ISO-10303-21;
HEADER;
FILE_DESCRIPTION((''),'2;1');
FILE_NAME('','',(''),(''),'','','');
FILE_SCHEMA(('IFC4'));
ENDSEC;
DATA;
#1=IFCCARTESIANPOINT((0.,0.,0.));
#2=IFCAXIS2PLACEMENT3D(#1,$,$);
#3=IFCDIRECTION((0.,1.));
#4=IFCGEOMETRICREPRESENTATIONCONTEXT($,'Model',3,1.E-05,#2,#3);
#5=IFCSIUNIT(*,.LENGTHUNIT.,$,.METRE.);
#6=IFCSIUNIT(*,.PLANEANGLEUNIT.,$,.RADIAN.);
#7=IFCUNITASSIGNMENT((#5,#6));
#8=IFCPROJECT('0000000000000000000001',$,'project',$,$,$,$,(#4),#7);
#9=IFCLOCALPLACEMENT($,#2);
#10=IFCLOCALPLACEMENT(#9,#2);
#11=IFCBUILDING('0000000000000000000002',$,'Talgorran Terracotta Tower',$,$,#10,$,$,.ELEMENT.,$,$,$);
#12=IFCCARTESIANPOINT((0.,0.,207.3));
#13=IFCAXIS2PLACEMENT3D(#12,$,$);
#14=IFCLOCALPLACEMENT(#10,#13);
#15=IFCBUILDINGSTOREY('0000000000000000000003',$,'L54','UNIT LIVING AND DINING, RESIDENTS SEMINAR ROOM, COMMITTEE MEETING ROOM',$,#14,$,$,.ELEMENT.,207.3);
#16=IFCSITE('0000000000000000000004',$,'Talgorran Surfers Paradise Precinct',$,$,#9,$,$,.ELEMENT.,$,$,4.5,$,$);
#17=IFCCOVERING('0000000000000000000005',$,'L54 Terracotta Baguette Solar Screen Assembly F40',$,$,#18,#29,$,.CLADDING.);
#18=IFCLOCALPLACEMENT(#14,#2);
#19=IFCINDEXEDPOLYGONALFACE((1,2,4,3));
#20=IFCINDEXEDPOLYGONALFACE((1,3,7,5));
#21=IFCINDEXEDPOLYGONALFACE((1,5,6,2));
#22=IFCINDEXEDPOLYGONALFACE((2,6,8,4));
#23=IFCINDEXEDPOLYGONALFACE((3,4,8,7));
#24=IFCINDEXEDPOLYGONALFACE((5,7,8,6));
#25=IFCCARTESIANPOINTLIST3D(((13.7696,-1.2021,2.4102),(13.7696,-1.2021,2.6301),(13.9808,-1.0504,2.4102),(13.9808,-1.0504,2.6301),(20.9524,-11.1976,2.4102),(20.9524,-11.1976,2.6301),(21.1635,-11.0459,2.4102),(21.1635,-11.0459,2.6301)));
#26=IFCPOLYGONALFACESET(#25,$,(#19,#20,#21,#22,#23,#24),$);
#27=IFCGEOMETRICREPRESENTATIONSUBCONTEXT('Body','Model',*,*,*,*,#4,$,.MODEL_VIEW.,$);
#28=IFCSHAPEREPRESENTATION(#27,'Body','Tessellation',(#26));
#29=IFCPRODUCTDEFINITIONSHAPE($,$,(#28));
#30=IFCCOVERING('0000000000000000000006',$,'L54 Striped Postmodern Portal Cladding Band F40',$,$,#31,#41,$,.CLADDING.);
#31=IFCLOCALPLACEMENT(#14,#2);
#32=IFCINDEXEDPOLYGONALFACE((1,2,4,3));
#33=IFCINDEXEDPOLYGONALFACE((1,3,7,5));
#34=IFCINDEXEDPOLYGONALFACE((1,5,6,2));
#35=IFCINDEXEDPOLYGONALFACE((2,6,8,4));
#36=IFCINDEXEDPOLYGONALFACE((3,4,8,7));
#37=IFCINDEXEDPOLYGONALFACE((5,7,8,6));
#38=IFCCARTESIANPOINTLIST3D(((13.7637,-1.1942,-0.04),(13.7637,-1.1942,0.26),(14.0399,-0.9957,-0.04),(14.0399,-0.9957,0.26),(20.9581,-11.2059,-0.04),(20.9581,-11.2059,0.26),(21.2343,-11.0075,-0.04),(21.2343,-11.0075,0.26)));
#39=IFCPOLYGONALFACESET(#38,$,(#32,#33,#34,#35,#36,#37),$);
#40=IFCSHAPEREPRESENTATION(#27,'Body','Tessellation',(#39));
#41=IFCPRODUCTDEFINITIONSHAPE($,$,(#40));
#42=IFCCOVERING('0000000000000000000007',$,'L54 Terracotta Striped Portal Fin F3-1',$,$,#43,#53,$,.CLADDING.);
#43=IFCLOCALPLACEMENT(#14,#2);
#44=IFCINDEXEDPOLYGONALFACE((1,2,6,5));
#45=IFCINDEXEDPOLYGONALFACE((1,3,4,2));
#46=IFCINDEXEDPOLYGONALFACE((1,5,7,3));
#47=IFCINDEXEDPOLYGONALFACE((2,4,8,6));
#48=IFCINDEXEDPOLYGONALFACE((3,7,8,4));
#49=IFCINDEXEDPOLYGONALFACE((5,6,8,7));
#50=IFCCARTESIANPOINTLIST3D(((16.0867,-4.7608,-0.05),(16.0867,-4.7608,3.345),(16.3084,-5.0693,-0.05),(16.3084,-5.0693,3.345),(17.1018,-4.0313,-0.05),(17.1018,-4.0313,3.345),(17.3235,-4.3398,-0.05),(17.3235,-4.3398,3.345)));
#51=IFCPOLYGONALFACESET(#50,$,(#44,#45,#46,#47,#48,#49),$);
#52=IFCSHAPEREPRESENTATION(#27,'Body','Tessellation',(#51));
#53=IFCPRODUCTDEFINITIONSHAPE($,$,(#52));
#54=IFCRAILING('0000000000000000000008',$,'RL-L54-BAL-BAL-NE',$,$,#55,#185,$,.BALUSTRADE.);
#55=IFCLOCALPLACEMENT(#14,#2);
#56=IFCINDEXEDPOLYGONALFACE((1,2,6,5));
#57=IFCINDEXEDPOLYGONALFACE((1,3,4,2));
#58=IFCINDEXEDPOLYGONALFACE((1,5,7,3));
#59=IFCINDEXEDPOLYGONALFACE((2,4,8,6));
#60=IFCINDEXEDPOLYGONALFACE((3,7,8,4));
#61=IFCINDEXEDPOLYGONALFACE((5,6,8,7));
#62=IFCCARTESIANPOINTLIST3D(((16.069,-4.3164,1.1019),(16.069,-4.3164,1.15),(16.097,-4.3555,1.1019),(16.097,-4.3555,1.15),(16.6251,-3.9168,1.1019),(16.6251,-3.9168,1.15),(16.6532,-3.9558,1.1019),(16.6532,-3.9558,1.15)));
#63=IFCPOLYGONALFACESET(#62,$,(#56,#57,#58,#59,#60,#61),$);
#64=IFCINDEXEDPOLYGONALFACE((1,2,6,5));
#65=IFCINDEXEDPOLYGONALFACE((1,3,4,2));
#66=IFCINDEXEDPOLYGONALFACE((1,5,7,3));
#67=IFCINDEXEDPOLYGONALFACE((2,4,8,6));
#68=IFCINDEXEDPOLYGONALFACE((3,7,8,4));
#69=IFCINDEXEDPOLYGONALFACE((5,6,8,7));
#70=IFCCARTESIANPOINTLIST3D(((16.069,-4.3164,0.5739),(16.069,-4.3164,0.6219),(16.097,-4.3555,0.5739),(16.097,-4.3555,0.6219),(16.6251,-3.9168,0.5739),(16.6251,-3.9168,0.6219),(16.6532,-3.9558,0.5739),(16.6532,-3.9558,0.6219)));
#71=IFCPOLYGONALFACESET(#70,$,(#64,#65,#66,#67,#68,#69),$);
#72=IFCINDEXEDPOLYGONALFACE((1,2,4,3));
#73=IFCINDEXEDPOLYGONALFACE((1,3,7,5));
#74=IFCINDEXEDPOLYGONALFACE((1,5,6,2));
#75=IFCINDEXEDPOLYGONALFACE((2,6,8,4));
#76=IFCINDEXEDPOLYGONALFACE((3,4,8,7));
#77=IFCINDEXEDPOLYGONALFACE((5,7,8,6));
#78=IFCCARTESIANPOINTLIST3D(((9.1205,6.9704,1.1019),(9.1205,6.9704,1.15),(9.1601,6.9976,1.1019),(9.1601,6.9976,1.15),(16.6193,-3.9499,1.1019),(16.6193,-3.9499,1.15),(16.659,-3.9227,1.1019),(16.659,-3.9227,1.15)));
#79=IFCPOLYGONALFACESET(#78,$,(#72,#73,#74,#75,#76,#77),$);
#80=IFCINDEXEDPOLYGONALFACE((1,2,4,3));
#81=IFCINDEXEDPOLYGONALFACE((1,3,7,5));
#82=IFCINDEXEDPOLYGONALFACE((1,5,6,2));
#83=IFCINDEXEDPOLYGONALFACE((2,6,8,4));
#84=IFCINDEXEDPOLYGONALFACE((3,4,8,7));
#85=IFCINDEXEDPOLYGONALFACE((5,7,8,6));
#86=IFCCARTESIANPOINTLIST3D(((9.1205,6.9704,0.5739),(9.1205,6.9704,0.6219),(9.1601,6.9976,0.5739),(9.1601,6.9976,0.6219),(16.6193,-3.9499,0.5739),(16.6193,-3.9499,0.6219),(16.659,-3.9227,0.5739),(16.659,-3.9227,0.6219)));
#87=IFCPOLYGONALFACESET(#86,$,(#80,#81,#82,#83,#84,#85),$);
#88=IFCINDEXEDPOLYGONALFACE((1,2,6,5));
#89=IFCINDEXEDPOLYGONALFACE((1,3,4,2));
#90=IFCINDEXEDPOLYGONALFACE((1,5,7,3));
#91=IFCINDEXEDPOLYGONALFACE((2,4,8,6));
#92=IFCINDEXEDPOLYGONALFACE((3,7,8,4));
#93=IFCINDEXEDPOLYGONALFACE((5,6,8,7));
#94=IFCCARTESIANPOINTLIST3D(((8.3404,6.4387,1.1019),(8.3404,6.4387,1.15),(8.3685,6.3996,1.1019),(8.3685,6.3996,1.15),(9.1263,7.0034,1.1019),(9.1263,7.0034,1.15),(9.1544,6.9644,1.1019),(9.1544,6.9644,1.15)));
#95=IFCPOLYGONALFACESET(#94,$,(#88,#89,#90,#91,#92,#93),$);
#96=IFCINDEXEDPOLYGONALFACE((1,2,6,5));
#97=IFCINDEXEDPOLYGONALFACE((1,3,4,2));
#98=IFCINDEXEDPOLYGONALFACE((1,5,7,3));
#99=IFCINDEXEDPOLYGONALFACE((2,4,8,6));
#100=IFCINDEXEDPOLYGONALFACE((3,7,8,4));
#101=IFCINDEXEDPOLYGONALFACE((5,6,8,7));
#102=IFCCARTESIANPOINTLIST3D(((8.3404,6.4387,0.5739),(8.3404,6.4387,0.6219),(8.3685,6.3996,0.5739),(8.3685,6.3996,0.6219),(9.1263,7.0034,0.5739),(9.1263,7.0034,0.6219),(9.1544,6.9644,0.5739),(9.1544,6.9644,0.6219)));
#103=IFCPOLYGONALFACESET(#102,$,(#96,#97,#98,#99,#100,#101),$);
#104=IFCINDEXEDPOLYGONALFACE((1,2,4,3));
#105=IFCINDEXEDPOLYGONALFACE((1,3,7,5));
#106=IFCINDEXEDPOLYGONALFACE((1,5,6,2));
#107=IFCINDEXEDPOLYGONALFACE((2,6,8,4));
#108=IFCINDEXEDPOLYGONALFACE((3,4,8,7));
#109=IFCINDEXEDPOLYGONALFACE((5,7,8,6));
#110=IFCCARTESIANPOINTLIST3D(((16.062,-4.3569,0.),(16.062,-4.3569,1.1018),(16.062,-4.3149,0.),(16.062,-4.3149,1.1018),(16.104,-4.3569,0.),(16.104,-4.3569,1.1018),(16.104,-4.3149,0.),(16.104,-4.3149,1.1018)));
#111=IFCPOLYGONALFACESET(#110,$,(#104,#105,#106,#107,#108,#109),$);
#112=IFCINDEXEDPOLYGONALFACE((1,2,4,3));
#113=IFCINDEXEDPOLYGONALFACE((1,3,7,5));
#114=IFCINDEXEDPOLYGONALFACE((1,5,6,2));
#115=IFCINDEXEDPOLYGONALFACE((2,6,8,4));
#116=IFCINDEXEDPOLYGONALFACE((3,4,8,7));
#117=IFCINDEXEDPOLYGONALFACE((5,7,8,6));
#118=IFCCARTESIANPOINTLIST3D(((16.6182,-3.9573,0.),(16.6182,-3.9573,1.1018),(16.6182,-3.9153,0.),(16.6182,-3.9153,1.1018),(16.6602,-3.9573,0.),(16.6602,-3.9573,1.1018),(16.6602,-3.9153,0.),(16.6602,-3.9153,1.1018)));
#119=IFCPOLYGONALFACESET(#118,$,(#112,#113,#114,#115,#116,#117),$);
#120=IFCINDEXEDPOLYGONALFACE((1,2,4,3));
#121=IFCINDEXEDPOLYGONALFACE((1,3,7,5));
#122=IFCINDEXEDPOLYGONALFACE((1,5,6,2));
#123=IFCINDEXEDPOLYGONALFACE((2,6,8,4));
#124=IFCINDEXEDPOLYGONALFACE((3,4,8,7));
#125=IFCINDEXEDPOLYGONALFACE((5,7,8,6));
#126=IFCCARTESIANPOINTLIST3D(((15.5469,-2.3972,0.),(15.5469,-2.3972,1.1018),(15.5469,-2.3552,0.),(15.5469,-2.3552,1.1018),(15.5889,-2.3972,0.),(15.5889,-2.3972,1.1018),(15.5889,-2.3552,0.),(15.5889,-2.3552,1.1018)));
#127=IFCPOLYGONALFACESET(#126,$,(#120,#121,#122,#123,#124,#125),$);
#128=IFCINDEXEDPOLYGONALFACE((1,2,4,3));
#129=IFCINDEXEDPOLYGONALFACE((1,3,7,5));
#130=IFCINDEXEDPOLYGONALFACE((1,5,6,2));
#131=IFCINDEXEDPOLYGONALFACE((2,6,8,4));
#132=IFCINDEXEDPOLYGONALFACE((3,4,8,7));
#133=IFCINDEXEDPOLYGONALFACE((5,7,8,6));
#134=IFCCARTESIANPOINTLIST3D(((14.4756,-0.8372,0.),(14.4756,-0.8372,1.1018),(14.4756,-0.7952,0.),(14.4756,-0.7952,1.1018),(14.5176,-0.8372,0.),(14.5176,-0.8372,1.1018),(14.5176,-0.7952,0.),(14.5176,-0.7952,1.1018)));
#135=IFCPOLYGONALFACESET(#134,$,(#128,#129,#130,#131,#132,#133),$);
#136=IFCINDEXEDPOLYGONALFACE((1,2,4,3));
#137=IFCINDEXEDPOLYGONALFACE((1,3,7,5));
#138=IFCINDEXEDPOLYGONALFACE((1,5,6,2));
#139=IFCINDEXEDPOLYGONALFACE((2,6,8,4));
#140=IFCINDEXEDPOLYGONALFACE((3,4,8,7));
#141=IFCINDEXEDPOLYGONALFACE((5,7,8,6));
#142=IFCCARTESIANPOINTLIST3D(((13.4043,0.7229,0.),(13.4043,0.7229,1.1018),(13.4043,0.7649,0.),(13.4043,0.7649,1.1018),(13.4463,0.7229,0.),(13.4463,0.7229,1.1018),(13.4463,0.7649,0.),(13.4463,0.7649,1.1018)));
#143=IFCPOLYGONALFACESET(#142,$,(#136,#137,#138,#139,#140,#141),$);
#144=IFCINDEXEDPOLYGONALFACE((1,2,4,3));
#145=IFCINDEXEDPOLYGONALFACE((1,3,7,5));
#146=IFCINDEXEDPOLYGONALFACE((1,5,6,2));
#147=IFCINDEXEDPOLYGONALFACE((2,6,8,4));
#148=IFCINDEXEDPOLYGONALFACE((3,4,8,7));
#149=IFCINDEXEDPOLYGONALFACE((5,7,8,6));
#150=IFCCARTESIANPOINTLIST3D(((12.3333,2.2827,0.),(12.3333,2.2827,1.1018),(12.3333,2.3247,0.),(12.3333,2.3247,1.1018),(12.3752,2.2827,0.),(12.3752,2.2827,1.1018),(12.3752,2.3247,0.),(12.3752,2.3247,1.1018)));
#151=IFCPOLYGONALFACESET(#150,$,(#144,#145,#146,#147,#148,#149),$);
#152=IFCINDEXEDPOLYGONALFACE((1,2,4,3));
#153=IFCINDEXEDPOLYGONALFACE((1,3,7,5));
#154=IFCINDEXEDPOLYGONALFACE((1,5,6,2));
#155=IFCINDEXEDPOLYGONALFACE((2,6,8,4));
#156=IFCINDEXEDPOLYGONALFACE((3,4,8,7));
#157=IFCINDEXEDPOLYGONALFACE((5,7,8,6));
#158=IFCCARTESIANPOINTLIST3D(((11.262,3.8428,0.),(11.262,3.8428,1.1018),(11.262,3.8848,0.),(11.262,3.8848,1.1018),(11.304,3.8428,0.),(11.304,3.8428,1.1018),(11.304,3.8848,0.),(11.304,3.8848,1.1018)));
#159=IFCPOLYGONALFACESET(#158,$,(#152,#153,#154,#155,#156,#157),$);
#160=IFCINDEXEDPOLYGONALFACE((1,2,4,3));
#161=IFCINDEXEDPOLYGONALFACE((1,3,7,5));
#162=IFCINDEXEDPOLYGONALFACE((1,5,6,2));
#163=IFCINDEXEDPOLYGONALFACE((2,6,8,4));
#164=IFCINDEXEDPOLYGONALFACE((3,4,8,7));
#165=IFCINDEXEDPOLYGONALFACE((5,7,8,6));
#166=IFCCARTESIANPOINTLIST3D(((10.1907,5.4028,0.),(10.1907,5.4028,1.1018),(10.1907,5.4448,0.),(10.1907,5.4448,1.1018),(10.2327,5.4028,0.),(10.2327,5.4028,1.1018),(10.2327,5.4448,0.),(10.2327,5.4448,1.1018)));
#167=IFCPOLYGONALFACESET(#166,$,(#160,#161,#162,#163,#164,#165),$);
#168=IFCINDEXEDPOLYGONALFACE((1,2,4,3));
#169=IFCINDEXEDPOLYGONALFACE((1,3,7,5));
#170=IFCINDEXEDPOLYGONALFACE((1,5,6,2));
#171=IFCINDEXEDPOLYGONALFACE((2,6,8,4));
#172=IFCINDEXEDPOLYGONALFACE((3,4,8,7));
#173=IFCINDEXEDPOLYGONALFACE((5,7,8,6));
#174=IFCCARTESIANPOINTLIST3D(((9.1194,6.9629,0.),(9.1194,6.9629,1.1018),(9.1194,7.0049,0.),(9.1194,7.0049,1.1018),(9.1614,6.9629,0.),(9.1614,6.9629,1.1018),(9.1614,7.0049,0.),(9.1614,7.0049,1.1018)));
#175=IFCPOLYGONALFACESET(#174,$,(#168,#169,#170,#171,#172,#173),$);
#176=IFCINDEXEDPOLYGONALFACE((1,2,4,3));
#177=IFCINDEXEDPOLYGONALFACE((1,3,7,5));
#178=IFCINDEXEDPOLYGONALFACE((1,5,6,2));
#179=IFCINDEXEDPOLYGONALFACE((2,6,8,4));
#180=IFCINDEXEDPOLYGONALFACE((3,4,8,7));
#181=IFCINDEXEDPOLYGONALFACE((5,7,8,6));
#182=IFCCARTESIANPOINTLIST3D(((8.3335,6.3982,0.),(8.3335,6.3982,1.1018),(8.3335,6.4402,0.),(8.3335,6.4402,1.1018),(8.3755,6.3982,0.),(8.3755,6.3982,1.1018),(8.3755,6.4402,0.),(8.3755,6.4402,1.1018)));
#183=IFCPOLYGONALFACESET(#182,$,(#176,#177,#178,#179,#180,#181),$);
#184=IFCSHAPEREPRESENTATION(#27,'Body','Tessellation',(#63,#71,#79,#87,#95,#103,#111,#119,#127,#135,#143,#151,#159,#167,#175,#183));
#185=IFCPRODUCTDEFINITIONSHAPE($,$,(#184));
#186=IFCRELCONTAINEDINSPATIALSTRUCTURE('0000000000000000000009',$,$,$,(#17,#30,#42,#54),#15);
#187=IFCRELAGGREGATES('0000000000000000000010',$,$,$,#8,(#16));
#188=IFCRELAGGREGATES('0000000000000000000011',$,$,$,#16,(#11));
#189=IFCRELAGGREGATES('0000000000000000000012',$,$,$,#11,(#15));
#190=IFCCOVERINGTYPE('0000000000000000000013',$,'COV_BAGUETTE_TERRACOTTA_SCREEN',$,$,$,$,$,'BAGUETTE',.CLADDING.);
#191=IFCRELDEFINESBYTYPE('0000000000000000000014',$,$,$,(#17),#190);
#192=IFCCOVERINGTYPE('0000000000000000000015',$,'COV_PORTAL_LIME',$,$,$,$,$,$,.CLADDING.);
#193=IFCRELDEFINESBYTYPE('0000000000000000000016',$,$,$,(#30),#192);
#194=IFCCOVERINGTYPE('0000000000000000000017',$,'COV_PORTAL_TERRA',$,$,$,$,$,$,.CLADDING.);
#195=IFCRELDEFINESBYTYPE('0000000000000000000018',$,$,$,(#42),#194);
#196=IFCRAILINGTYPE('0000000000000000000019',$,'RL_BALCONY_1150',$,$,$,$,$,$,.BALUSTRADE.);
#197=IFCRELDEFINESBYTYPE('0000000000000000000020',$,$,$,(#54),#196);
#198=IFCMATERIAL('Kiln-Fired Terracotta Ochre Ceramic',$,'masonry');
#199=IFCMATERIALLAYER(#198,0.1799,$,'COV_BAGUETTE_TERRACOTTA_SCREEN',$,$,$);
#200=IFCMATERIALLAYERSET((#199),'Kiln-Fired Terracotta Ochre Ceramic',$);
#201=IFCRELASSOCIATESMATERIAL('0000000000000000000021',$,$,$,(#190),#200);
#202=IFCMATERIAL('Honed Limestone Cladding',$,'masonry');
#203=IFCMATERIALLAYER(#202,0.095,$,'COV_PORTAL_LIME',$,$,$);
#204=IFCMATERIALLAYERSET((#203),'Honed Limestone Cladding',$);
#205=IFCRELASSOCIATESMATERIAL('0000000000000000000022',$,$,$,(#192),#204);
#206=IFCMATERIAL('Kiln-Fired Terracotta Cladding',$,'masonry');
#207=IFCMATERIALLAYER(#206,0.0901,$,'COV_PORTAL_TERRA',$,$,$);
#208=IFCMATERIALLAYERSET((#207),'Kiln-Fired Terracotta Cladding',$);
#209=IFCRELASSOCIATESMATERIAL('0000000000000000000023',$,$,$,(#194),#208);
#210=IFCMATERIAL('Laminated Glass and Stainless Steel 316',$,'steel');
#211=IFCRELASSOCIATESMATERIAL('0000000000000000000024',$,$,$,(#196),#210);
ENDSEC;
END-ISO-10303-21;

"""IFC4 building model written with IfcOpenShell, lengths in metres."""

from ifc_helpers import new_model, si_unit, direction, frame, origin, origin_2d, place, context, subcontext, project, spatial, rectangle, extrude, material, layer, layer_set, type_object, element, save


model = new_model("IFC4")

# Units and contexts
model_context = context("Model", 3, precision=1e-05, world=origin(), true_north=direction((0.0, 1.0)))
body_context = subcontext(model_context, "Body", "Model", "MODEL_VIEW")
ifc_project = project(units=[si_unit("LENGTHUNIT", "METRE"), si_unit("PLANEANGLEUNIT", "RADIAN")], contexts=[model_context])

# Site, building, storey
site_placement = place(None, origin())
site = spatial("IfcSite", under=ifc_project, at=site_placement, Name="Talgorran Surfers Paradise Precinct", CompositionType="ELEMENT", RefElevation=4.5)
building_placement = place(site_placement, origin())
building = spatial("IfcBuilding", under=site, at=building_placement, Name="Talgorran Terracotta Tower", CompositionType="ELEMENT")
storey_placement = place(building_placement, frame((0.0, 0.0, 207.3)))
storey = spatial("IfcBuildingStorey", under=building, at=storey_placement, Name="L54", Description="UNIT LIVING AND DINING, RESIDENTS SEMINAR ROOM, COMMITTEE MEETING ROOM", CompositionType="ELEMENT", Elevation=207.3)

# Coverings
ifc_material_1 = material(Name="Kiln-Fired Terracotta Ochre Ceramic", Category="masonry")
ifc_layer_1 = layer(ifc_material_1, 0.1799, Name="COV_BAGUETTE_TERRACOTTA_SCREEN")
ifc_layer_set_1 = layer_set([ifc_layer_1], Name="Kiln-Fired Terracotta Ochre Ceramic")
covering_type_1 = type_object("IfcCoveringType", Name="COV_BAGUETTE_TERRACOTTA_SCREEN", ElementType="BAGUETTE", PredefinedType="CLADDING", material=ifc_layer_set_1)
covering_1_placement = place(storey_placement, frame((17.4666, -6.124, 2.4102), z_axis=(0.0, 0.0, 1.0), x_axis=(-0.583555, 0.812073, 0.0)))
element("IfcCovering", 1, at=covering_1_placement, inside=storey, type_object=covering_type_1, Name="L54 Terracotta Baguette Solar Screen Assembly F40", PredefinedType="CLADDING", context=body_context, shape_type="SweptSolid", body=[
    extrude(rectangle(XDim=12.3086, YDim=0.26, at=origin_2d()), origin(), (0.0, 0.0, 1.0), 0.22),
])
ifc_material_2 = material(Name="Honed Limestone Cladding", Category="masonry")
ifc_layer_2 = layer(ifc_material_2, 0.095, Name="COV_PORTAL_LIME")
ifc_layer_set_2 = layer_set([ifc_layer_2], Name="Honed Limestone Cladding")
covering_type_2 = type_object("IfcCoveringType", Name="COV_PORTAL_LIME", PredefinedType="CLADDING", material=ifc_layer_set_2)
covering_2_placement = place(storey_placement, frame((17.499, -6.1008, -0.04), z_axis=(0.0, 0.0, 1.0), x_axis=(-0.583555, 0.812073, 0.0)))
element("IfcCovering", 2, at=covering_2_placement, inside=storey, type_object=covering_type_2, Name="L54 Striped Postmodern Portal Cladding Band F40", PredefinedType="CLADDING", context=body_context, shape_type="SweptSolid", body=[
    extrude(rectangle(XDim=12.3286, YDim=0.3401, at=origin_2d()), origin(), (0.0, 0.0, 1.0), 0.3),
])
ifc_material_3 = material(Name="Kiln-Fired Terracotta Cladding", Category="masonry")
ifc_layer_3 = layer(ifc_material_3, 0.0901, Name="COV_PORTAL_TERRA")
ifc_layer_set_3 = layer_set([ifc_layer_3], Name="Kiln-Fired Terracotta Cladding")
covering_type_3 = type_object("IfcCoveringType", Name="COV_PORTAL_TERRA", PredefinedType="CLADDING", material=ifc_layer_set_3)
covering_3_placement = place(storey_placement, frame((16.7051, -4.5503, -0.05), z_axis=(0.0, 0.0, 1.0), x_axis=(-0.583555, 0.812073, 0.0)))
element("IfcCovering", 3, at=covering_3_placement, inside=storey, type_object=covering_type_3, Name="L54 Terracotta Striped Portal Fin F3-1", PredefinedType="CLADDING", context=body_context, shape_type="SweptSolid", body=[
    extrude(rectangle(XDim=0.3799, YDim=1.25, at=origin_2d()), origin(), (0.0, 0.0, 1.0), 3.395),
])

# Railing
ifc_material_4 = material(Name="Laminated Glass and Stainless Steel 316", Category="steel")
railing_type_1 = type_object("IfcRailingType", Name="RL_BALCONY_1150", PredefinedType="BALUSTRADE", material=ifc_material_4)
railing_1_placement = place(storey_placement, frame((16.083, -4.3359, 0.0)))
element("IfcRailing", 4, at=railing_1_placement, inside=storey, type_object=railing_type_1, Name="RL-L54-BAL-BAL-NE", PredefinedType="BALUSTRADE", context=body_context, shape_type="SweptSolid", body=[
    extrude(rectangle(XDim=0.0481, YDim=0.0481, at=origin_2d()), frame((0.0, 0.0, 1.126), z_axis=(0.812068, 0.583563, 0.0), x_axis=(-0.583563, 0.812068, 0.0)), (0.0, 0.0, 1.0), 0.6848),
    extrude(rectangle(XDim=0.0481, YDim=0.0481, at=origin_2d()), frame((0.0, 0.0, 0.5979), z_axis=(0.812068, 0.583563, 0.0), x_axis=(-0.583563, 0.812068, 0.0)), (0.0, 0.0, 1.0), 0.6848),
    extrude(rectangle(XDim=0.0481, YDim=0.0481, at=origin_2d()), frame((0.5562, 0.3997, 1.126), z_axis=(-0.566076, 0.824353, 0.0), x_axis=(-0.824353, -0.566076, 0.0)), (0.0, 0.0, 1.0), 13.2471),
    extrude(rectangle(XDim=0.0481, YDim=0.0481, at=origin_2d()), frame((0.5562, 0.3997, 0.5979), z_axis=(-0.566076, 0.824353, 0.0), x_axis=(-0.824353, -0.566076, 0.0)), (0.0, 0.0, 1.0), 13.2471),
    extrude(rectangle(XDim=0.0481, YDim=0.0481, at=origin_2d()), frame((-6.9426, 11.3198, 1.126), z_axis=(-0.812094, -0.583527, 0.0), x_axis=(0.583527, -0.812094, 0.0)), (0.0, 0.0, 1.0), 0.9678),
    extrude(rectangle(XDim=0.0481, YDim=0.0481, at=origin_2d()), frame((-6.9426, 11.3198, 0.5979), z_axis=(-0.812094, -0.583527, 0.0), x_axis=(0.583527, -0.812094, 0.0)), (0.0, 0.0, 1.0), 0.9678),
    extrude(rectangle(XDim=0.042, YDim=0.042, at=origin_2d()), origin(), (0.0, 0.0, 1.0), 1.1018),
    extrude(rectangle(XDim=0.042, YDim=0.042, at=origin_2d()), frame((0.5562, 0.3997, 0.0)), (0.0, 0.0, 1.0), 1.1018),
    extrude(rectangle(XDim=0.042, YDim=0.042, at=origin_2d()), frame((-0.5151, 1.9597, 0.0)), (0.0, 0.0, 1.0), 1.1018),
    extrude(rectangle(XDim=0.042, YDim=0.042, at=origin_2d()), frame((-1.5864, 3.5198, 0.0)), (0.0, 0.0, 1.0), 1.1018),
    extrude(rectangle(XDim=0.042, YDim=0.042, at=origin_2d()), frame((-2.6577, 5.0798, 0.0)), (0.0, 0.0, 1.0), 1.1018),
    extrude(rectangle(XDim=0.042, YDim=0.042, at=origin_2d()), frame((-3.7288, 6.6396, 0.0)), (0.0, 0.0, 1.0), 1.1018),
    extrude(rectangle(XDim=0.042, YDim=0.042, at=origin_2d()), frame((-4.8, 8.1997, 0.0)), (0.0, 0.0, 1.0), 1.1018),
    extrude(rectangle(XDim=0.042, YDim=0.042, at=origin_2d()), frame((-5.8713, 9.7598, 0.0)), (0.0, 0.0, 1.0), 1.1018),
    extrude(rectangle(XDim=0.042, YDim=0.042, at=origin_2d()), frame((-6.9426, 11.3198, 0.0)), (0.0, 0.0, 1.0), 1.1018),
    extrude(rectangle(XDim=0.042, YDim=0.042, at=origin_2d()), frame((-7.7285, 10.7551, 0.0)), (0.0, 0.0, 1.0), 1.1018),
])

save(model, "model.ifc")
